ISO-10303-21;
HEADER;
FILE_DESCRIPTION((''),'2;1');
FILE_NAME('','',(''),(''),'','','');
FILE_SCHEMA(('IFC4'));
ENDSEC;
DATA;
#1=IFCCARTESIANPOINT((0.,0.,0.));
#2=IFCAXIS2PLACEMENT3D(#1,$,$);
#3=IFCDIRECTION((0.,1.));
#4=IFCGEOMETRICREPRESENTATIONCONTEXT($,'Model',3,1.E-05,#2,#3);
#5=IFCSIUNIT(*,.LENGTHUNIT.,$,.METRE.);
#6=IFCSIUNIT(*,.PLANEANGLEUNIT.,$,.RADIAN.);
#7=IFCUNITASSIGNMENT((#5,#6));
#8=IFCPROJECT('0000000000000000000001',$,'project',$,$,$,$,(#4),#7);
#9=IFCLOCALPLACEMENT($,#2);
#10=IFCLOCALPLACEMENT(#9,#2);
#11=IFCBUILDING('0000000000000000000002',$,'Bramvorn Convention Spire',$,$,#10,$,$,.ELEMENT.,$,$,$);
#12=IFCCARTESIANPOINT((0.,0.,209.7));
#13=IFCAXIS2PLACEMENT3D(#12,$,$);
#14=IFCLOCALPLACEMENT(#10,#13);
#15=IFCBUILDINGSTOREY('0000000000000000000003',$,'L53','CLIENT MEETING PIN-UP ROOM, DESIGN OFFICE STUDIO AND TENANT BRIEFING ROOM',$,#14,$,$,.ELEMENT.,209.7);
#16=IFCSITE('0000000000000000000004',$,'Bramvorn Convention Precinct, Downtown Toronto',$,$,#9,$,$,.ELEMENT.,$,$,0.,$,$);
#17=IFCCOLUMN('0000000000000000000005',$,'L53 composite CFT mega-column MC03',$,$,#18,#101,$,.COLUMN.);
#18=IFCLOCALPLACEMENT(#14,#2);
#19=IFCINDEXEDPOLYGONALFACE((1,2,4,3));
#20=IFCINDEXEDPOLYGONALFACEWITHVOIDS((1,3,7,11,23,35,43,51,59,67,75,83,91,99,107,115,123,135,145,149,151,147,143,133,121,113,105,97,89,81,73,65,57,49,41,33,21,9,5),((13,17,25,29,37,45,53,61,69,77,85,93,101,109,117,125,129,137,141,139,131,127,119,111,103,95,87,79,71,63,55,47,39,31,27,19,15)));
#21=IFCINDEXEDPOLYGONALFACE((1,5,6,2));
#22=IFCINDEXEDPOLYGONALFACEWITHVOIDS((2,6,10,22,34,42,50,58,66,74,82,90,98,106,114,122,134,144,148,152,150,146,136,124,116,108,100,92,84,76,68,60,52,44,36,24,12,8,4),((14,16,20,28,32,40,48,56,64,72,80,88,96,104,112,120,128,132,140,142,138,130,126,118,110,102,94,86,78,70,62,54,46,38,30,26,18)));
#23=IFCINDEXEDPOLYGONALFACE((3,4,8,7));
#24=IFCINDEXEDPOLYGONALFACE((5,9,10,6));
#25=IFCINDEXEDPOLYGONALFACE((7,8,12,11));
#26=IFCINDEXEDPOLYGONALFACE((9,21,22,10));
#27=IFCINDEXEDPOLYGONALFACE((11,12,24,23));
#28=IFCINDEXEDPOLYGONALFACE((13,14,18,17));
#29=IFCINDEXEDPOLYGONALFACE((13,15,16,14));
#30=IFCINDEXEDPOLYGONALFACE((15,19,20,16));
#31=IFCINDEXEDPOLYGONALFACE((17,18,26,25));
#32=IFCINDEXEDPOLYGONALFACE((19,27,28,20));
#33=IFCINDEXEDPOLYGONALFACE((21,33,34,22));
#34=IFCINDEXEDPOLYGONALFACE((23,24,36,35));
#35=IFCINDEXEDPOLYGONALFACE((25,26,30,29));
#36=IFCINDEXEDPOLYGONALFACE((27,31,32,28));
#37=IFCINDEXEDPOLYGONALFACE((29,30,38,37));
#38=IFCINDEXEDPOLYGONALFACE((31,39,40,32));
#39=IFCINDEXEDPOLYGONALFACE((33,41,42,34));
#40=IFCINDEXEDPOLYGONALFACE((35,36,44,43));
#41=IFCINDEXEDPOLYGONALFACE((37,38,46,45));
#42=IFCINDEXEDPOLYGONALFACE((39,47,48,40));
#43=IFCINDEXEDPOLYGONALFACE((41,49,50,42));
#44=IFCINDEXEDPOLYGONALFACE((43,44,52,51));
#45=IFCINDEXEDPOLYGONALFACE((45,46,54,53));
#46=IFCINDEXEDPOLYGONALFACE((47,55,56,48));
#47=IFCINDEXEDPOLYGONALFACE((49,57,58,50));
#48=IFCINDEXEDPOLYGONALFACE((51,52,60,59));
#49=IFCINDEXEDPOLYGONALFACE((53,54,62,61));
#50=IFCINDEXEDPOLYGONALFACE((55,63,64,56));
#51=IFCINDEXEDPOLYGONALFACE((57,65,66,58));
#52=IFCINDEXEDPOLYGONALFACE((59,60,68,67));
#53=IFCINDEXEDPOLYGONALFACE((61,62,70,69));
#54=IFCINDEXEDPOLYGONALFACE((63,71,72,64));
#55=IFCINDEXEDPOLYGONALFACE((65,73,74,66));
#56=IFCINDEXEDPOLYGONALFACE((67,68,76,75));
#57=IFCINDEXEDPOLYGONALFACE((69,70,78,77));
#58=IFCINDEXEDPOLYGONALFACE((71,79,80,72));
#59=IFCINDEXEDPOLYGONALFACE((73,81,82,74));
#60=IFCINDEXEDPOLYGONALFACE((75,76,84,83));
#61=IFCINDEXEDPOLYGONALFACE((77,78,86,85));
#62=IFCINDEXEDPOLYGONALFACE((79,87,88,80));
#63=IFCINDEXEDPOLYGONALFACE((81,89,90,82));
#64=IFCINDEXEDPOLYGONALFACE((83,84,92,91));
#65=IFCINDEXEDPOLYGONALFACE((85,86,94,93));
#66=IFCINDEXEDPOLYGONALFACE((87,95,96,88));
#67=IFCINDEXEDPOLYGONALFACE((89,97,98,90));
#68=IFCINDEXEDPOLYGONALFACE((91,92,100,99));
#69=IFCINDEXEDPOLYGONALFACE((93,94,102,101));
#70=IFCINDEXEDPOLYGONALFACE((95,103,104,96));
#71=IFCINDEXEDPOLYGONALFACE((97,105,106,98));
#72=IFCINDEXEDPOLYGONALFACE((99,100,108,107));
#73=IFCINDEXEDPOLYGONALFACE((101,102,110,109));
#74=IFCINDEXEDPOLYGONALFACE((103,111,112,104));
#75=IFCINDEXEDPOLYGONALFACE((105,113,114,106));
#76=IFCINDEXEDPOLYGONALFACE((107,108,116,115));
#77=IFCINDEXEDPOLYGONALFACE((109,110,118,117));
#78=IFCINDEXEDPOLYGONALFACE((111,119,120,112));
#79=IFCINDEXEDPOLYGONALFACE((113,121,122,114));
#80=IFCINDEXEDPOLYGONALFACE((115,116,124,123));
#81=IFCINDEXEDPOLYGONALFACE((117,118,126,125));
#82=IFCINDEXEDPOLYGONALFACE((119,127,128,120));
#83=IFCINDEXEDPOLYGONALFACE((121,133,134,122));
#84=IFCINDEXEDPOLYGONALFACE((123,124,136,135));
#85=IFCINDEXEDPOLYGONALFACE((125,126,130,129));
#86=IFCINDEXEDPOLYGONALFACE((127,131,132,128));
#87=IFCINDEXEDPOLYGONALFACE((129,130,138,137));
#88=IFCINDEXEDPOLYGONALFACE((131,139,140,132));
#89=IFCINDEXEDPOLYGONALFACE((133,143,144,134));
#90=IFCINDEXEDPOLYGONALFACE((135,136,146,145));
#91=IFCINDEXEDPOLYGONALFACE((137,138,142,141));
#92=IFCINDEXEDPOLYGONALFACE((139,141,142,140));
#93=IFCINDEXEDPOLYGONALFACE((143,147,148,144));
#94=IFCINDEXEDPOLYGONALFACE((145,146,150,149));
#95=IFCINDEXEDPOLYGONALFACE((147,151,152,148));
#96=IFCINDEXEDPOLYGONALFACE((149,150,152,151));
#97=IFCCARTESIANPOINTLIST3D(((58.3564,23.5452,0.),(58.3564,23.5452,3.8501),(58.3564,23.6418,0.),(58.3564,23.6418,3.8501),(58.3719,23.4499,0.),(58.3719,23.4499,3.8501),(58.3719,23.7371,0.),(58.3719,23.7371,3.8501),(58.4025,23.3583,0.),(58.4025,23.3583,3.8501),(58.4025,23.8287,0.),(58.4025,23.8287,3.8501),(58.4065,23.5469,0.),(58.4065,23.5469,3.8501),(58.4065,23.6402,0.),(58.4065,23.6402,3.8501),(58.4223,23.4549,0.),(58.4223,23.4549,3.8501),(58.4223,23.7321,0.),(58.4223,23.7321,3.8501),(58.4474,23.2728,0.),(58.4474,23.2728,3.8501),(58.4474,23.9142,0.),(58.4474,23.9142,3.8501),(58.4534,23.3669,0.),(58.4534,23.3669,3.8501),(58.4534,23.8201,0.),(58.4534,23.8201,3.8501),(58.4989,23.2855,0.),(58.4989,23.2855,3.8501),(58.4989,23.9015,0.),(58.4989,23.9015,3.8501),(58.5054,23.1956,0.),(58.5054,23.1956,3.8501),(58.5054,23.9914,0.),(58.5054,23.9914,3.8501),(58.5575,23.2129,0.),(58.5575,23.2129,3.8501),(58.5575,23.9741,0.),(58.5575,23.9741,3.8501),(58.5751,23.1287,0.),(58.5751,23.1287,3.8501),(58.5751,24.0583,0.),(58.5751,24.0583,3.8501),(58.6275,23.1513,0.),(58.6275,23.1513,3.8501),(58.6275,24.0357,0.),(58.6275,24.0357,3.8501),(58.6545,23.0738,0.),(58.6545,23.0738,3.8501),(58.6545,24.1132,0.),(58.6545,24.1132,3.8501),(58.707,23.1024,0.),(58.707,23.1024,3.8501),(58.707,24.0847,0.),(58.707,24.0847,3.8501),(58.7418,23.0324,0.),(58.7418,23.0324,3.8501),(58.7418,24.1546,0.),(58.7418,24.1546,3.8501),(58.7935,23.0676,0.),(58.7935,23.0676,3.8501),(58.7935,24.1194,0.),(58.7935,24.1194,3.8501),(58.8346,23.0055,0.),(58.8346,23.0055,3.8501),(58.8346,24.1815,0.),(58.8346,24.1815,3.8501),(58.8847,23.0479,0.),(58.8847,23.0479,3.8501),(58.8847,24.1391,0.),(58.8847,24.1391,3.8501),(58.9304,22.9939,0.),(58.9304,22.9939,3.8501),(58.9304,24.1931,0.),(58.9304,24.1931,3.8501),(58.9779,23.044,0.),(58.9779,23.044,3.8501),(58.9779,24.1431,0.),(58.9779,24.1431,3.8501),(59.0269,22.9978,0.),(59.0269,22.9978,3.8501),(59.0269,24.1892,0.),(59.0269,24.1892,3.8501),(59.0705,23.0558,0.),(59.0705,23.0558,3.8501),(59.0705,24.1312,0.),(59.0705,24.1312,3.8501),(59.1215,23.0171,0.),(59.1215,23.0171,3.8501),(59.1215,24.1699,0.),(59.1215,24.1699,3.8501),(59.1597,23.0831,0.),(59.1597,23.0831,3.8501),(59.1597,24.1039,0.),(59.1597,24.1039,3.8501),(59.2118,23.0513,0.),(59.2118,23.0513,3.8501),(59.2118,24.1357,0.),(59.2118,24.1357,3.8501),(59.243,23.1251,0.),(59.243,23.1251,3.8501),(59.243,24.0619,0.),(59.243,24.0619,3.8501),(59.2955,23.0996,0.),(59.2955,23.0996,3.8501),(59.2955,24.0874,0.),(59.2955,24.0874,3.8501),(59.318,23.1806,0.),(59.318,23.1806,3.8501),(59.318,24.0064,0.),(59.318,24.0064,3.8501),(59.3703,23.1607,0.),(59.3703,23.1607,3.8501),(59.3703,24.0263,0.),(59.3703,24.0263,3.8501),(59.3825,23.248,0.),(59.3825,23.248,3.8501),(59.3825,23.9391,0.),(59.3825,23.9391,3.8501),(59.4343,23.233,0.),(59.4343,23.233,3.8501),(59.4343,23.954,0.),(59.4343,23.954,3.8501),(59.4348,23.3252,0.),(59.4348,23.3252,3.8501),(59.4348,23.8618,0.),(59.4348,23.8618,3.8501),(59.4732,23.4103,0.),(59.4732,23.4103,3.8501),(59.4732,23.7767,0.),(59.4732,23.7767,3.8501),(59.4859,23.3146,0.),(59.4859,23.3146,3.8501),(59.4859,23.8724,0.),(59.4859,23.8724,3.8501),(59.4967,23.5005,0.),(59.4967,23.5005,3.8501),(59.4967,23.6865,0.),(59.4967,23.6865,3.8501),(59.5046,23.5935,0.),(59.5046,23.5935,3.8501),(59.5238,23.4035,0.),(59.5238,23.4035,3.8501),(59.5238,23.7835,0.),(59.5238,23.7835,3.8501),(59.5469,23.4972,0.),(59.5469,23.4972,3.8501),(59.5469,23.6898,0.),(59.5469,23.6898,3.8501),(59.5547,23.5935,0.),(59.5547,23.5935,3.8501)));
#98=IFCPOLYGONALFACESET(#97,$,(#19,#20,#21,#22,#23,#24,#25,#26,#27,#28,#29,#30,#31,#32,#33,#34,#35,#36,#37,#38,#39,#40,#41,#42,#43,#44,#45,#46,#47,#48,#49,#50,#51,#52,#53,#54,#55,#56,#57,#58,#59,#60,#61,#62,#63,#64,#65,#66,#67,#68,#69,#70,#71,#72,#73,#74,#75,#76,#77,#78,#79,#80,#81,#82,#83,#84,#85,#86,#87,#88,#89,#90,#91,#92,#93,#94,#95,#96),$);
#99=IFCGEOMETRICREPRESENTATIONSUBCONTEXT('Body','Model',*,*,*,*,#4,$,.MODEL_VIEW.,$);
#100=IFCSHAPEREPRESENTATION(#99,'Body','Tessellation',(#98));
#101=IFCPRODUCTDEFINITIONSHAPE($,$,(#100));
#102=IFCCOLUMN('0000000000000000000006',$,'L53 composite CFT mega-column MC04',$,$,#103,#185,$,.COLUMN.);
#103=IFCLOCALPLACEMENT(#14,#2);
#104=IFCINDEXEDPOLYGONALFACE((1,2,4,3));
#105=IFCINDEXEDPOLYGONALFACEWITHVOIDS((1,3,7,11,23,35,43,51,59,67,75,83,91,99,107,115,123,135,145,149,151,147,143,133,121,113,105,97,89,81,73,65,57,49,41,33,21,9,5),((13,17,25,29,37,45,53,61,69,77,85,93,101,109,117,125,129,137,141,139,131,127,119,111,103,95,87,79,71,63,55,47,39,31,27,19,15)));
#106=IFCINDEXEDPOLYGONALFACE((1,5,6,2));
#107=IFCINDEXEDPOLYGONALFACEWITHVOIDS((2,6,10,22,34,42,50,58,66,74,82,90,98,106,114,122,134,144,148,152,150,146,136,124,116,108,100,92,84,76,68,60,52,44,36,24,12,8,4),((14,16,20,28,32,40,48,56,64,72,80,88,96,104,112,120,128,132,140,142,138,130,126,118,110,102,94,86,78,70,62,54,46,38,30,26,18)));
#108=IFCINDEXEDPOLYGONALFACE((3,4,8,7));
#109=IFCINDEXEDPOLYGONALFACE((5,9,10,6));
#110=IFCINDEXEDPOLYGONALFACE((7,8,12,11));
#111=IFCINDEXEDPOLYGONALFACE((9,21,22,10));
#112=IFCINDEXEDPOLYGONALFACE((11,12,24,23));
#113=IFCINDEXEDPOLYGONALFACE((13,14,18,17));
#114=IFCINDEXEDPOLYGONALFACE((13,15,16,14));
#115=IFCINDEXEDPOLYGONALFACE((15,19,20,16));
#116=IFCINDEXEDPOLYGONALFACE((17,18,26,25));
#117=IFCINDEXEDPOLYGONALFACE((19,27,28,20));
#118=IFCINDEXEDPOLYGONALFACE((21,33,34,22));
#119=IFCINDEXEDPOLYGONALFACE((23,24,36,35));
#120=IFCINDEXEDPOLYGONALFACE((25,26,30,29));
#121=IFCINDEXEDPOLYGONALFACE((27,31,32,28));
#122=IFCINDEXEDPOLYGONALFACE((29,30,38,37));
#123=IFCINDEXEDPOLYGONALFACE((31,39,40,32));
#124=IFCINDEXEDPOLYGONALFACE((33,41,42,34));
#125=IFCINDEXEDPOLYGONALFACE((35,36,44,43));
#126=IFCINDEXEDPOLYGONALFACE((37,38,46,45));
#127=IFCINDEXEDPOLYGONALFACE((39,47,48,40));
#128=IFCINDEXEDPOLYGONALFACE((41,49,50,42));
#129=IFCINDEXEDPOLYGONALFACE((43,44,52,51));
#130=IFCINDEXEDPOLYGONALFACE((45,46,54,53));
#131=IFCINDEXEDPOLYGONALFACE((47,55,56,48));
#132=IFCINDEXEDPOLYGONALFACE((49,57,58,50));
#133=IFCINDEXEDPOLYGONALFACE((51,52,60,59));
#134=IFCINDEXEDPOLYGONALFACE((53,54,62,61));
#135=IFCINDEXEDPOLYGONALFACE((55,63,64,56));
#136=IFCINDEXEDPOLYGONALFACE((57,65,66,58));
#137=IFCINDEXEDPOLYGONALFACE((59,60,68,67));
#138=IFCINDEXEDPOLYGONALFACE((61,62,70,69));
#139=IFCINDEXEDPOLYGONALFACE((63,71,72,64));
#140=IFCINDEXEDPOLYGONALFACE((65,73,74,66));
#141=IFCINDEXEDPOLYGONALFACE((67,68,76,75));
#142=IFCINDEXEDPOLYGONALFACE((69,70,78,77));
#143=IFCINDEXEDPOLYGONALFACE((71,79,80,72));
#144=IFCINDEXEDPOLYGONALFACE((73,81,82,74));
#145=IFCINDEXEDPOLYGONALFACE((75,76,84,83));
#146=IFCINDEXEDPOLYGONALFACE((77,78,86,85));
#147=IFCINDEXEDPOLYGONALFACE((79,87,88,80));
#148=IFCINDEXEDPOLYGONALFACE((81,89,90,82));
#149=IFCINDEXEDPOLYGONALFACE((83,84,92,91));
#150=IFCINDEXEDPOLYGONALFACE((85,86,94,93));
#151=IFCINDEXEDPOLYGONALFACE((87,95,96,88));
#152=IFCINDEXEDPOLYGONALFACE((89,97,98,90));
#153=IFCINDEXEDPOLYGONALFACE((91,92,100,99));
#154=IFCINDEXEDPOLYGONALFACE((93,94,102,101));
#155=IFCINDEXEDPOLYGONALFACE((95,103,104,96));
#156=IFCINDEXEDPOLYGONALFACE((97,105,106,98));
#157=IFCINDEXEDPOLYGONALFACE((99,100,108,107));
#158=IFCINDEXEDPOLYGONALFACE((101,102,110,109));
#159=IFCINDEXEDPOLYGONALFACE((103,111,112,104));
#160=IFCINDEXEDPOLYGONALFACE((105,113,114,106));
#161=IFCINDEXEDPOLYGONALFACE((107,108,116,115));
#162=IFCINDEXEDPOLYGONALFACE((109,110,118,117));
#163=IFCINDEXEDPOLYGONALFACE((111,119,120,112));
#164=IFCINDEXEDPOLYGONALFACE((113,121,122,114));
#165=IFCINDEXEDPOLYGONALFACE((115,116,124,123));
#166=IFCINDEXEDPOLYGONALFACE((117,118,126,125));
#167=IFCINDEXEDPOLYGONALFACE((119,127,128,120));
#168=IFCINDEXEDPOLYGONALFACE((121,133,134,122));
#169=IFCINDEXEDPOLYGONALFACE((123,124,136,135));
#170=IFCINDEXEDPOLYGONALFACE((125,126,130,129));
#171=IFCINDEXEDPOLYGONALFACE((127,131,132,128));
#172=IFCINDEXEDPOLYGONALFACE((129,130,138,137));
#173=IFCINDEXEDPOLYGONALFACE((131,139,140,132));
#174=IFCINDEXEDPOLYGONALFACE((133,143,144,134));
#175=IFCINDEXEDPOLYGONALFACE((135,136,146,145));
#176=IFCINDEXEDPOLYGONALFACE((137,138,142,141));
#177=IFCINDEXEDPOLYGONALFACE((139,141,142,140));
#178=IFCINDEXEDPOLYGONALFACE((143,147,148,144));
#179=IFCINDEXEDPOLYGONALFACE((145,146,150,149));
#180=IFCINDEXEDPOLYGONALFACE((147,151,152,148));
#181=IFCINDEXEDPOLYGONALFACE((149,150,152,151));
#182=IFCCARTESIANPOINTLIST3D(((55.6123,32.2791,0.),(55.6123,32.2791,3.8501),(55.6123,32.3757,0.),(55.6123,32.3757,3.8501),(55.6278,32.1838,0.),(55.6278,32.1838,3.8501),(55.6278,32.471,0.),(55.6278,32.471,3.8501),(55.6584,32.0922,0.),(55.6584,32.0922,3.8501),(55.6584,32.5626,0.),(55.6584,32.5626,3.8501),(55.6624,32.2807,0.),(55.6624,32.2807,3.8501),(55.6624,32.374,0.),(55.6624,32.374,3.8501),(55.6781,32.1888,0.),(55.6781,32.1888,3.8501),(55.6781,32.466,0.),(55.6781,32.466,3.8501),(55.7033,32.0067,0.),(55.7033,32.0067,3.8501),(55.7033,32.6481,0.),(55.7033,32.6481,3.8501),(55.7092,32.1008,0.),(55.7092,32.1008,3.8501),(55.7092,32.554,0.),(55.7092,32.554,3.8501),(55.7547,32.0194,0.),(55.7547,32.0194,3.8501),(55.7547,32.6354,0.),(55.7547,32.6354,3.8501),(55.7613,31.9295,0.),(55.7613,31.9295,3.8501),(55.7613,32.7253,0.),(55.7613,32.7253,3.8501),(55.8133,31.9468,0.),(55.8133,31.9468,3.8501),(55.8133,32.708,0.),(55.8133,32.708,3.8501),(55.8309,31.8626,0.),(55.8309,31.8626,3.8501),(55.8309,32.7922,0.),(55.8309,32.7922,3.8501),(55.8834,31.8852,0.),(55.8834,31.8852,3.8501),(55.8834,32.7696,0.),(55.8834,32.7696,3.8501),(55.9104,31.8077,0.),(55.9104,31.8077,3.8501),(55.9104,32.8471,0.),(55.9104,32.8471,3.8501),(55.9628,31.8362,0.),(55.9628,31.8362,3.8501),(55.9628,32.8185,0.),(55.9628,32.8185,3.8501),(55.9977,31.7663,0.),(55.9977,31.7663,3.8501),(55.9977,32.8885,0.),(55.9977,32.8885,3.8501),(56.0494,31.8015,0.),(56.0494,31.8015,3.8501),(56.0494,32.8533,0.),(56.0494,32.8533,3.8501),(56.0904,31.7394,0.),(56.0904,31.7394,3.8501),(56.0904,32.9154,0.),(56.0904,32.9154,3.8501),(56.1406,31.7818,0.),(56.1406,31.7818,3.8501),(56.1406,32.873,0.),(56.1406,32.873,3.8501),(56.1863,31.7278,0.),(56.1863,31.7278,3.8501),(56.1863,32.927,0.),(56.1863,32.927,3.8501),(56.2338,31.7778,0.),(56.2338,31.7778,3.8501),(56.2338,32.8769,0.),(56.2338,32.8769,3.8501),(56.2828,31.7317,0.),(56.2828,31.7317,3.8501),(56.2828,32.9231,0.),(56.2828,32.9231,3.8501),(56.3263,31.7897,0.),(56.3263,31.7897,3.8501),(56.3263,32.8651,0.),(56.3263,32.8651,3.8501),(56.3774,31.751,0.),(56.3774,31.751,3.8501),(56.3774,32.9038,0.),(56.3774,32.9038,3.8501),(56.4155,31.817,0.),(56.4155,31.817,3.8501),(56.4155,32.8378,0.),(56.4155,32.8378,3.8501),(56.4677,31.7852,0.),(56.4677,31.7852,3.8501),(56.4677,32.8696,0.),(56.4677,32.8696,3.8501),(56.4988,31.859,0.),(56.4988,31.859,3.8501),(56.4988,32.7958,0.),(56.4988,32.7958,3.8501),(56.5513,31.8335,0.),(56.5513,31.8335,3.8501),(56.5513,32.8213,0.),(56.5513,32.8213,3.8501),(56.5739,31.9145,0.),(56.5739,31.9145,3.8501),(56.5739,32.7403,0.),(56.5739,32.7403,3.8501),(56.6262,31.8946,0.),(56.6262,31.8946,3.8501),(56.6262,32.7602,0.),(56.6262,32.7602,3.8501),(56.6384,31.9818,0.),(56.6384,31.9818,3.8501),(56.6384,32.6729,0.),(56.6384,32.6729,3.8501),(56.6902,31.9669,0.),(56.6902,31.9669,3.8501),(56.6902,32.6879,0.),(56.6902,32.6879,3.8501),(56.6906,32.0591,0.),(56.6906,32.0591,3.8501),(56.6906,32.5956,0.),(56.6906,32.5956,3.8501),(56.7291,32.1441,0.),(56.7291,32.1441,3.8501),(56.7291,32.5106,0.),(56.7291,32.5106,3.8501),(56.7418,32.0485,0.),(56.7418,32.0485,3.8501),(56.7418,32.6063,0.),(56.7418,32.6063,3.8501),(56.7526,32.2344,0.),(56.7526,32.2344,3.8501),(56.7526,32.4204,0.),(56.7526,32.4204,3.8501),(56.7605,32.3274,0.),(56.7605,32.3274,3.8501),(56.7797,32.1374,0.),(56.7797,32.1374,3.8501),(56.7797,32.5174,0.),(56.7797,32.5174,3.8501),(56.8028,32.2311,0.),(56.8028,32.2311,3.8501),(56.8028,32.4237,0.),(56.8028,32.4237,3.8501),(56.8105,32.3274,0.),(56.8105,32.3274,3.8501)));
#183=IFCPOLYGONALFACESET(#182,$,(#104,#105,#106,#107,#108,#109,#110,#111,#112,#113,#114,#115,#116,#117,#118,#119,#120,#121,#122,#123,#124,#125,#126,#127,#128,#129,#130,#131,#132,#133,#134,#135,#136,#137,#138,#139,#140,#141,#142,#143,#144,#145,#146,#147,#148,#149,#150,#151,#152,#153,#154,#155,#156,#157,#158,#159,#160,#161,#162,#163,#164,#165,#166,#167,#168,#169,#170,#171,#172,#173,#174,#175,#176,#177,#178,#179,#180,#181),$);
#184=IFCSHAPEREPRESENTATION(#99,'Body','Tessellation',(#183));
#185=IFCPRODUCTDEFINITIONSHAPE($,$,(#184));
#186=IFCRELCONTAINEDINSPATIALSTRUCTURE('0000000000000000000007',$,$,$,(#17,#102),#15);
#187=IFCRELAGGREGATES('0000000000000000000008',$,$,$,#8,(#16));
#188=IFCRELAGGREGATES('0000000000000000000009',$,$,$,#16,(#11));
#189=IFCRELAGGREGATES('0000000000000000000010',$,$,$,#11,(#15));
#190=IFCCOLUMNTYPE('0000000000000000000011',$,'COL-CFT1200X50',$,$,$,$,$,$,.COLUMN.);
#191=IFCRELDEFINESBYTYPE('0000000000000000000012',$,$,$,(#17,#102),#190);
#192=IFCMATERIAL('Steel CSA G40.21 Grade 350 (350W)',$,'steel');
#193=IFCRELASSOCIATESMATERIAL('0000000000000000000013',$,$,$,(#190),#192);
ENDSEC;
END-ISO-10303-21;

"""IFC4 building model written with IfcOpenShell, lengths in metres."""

from ifc_helpers import new_model, si_unit, direction, frame, origin, origin_2d, place, context, subcontext, project, spatial, hollow_circle, extrude, material, material_profile, profile_set, type_object, element, save


model = new_model("IFC4")

# Units and contexts
model_context = context("Model", 3, precision=1e-05, world=origin(), true_north=direction((0.0, 1.0)))
body_context = subcontext(model_context, "Body", "Model", "MODEL_VIEW")
ifc_project = project(units=[si_unit("LENGTHUNIT", "METRE"), si_unit("PLANEANGLEUNIT", "RADIAN")], contexts=[model_context])

# Site, building, storey
site_placement = place(None, origin())
site = spatial("IfcSite", under=ifc_project, at=site_placement, Name="Bramvorn Convention Precinct, Downtown Toronto", CompositionType="ELEMENT", RefElevation=0.0)
building_placement = place(site_placement, origin())
building = spatial("IfcBuilding", under=site, at=building_placement, Name="Bramvorn Convention Spire", CompositionType="ELEMENT")
storey_placement = place(building_placement, frame((0.0, 0.0, 209.7)))
storey = spatial("IfcBuildingStorey", under=building, at=storey_placement, Name="L53", Description="CLIENT MEETING PIN-UP ROOM, DESIGN OFFICE STUDIO AND TENANT BRIEFING ROOM", CompositionType="ELEMENT", Elevation=209.7)

# Columns
ifc_material_1 = material(Name="Steel CSA G40.21 Grade 350 (350W)", Category="steel")
ifc_material_profile_1 = material_profile(ifc_material_1, hollow_circle(Radius=0.6001, WallThickness=0.05, at=origin_2d()))
ifc_profile_set_1 = profile_set([ifc_material_profile_1], Name="Steel CSA G40.21 Grade 350 (350W) - CFT1200X50")
column_type = type_object("IfcColumnType", Name="COL-CFT1200X50", PredefinedType="COLUMN", material=ifc_profile_set_1)
for number, where, z_axis, x_axis, name in (
    (1, (58.9546, 23.5935, 0.0), (0.0, 0.0, 1.0), (1.0, 0.0, 0.0), "L53 composite CFT mega-column MC03"),
    (2, (56.2104, 32.3274, 0.0), (0.0, 0.0, 1.0), (1.0, 0.0, 0.0), "L53 composite CFT mega-column MC04"),
):
    element("IfcColumn", number, at=place(storey_placement, frame(where, z_axis=z_axis, x_axis=x_axis)), inside=storey, type_object=column_type, Name=name, PredefinedType="COLUMN", context=body_context, shape_type="SweptSolid", body=[
        extrude(hollow_circle(Radius=0.6001, WallThickness=0.05, at=origin_2d()), origin(), (0.0, 0.0, 1.0), 3.8501),
    ])

save(model, "model.ifc")
